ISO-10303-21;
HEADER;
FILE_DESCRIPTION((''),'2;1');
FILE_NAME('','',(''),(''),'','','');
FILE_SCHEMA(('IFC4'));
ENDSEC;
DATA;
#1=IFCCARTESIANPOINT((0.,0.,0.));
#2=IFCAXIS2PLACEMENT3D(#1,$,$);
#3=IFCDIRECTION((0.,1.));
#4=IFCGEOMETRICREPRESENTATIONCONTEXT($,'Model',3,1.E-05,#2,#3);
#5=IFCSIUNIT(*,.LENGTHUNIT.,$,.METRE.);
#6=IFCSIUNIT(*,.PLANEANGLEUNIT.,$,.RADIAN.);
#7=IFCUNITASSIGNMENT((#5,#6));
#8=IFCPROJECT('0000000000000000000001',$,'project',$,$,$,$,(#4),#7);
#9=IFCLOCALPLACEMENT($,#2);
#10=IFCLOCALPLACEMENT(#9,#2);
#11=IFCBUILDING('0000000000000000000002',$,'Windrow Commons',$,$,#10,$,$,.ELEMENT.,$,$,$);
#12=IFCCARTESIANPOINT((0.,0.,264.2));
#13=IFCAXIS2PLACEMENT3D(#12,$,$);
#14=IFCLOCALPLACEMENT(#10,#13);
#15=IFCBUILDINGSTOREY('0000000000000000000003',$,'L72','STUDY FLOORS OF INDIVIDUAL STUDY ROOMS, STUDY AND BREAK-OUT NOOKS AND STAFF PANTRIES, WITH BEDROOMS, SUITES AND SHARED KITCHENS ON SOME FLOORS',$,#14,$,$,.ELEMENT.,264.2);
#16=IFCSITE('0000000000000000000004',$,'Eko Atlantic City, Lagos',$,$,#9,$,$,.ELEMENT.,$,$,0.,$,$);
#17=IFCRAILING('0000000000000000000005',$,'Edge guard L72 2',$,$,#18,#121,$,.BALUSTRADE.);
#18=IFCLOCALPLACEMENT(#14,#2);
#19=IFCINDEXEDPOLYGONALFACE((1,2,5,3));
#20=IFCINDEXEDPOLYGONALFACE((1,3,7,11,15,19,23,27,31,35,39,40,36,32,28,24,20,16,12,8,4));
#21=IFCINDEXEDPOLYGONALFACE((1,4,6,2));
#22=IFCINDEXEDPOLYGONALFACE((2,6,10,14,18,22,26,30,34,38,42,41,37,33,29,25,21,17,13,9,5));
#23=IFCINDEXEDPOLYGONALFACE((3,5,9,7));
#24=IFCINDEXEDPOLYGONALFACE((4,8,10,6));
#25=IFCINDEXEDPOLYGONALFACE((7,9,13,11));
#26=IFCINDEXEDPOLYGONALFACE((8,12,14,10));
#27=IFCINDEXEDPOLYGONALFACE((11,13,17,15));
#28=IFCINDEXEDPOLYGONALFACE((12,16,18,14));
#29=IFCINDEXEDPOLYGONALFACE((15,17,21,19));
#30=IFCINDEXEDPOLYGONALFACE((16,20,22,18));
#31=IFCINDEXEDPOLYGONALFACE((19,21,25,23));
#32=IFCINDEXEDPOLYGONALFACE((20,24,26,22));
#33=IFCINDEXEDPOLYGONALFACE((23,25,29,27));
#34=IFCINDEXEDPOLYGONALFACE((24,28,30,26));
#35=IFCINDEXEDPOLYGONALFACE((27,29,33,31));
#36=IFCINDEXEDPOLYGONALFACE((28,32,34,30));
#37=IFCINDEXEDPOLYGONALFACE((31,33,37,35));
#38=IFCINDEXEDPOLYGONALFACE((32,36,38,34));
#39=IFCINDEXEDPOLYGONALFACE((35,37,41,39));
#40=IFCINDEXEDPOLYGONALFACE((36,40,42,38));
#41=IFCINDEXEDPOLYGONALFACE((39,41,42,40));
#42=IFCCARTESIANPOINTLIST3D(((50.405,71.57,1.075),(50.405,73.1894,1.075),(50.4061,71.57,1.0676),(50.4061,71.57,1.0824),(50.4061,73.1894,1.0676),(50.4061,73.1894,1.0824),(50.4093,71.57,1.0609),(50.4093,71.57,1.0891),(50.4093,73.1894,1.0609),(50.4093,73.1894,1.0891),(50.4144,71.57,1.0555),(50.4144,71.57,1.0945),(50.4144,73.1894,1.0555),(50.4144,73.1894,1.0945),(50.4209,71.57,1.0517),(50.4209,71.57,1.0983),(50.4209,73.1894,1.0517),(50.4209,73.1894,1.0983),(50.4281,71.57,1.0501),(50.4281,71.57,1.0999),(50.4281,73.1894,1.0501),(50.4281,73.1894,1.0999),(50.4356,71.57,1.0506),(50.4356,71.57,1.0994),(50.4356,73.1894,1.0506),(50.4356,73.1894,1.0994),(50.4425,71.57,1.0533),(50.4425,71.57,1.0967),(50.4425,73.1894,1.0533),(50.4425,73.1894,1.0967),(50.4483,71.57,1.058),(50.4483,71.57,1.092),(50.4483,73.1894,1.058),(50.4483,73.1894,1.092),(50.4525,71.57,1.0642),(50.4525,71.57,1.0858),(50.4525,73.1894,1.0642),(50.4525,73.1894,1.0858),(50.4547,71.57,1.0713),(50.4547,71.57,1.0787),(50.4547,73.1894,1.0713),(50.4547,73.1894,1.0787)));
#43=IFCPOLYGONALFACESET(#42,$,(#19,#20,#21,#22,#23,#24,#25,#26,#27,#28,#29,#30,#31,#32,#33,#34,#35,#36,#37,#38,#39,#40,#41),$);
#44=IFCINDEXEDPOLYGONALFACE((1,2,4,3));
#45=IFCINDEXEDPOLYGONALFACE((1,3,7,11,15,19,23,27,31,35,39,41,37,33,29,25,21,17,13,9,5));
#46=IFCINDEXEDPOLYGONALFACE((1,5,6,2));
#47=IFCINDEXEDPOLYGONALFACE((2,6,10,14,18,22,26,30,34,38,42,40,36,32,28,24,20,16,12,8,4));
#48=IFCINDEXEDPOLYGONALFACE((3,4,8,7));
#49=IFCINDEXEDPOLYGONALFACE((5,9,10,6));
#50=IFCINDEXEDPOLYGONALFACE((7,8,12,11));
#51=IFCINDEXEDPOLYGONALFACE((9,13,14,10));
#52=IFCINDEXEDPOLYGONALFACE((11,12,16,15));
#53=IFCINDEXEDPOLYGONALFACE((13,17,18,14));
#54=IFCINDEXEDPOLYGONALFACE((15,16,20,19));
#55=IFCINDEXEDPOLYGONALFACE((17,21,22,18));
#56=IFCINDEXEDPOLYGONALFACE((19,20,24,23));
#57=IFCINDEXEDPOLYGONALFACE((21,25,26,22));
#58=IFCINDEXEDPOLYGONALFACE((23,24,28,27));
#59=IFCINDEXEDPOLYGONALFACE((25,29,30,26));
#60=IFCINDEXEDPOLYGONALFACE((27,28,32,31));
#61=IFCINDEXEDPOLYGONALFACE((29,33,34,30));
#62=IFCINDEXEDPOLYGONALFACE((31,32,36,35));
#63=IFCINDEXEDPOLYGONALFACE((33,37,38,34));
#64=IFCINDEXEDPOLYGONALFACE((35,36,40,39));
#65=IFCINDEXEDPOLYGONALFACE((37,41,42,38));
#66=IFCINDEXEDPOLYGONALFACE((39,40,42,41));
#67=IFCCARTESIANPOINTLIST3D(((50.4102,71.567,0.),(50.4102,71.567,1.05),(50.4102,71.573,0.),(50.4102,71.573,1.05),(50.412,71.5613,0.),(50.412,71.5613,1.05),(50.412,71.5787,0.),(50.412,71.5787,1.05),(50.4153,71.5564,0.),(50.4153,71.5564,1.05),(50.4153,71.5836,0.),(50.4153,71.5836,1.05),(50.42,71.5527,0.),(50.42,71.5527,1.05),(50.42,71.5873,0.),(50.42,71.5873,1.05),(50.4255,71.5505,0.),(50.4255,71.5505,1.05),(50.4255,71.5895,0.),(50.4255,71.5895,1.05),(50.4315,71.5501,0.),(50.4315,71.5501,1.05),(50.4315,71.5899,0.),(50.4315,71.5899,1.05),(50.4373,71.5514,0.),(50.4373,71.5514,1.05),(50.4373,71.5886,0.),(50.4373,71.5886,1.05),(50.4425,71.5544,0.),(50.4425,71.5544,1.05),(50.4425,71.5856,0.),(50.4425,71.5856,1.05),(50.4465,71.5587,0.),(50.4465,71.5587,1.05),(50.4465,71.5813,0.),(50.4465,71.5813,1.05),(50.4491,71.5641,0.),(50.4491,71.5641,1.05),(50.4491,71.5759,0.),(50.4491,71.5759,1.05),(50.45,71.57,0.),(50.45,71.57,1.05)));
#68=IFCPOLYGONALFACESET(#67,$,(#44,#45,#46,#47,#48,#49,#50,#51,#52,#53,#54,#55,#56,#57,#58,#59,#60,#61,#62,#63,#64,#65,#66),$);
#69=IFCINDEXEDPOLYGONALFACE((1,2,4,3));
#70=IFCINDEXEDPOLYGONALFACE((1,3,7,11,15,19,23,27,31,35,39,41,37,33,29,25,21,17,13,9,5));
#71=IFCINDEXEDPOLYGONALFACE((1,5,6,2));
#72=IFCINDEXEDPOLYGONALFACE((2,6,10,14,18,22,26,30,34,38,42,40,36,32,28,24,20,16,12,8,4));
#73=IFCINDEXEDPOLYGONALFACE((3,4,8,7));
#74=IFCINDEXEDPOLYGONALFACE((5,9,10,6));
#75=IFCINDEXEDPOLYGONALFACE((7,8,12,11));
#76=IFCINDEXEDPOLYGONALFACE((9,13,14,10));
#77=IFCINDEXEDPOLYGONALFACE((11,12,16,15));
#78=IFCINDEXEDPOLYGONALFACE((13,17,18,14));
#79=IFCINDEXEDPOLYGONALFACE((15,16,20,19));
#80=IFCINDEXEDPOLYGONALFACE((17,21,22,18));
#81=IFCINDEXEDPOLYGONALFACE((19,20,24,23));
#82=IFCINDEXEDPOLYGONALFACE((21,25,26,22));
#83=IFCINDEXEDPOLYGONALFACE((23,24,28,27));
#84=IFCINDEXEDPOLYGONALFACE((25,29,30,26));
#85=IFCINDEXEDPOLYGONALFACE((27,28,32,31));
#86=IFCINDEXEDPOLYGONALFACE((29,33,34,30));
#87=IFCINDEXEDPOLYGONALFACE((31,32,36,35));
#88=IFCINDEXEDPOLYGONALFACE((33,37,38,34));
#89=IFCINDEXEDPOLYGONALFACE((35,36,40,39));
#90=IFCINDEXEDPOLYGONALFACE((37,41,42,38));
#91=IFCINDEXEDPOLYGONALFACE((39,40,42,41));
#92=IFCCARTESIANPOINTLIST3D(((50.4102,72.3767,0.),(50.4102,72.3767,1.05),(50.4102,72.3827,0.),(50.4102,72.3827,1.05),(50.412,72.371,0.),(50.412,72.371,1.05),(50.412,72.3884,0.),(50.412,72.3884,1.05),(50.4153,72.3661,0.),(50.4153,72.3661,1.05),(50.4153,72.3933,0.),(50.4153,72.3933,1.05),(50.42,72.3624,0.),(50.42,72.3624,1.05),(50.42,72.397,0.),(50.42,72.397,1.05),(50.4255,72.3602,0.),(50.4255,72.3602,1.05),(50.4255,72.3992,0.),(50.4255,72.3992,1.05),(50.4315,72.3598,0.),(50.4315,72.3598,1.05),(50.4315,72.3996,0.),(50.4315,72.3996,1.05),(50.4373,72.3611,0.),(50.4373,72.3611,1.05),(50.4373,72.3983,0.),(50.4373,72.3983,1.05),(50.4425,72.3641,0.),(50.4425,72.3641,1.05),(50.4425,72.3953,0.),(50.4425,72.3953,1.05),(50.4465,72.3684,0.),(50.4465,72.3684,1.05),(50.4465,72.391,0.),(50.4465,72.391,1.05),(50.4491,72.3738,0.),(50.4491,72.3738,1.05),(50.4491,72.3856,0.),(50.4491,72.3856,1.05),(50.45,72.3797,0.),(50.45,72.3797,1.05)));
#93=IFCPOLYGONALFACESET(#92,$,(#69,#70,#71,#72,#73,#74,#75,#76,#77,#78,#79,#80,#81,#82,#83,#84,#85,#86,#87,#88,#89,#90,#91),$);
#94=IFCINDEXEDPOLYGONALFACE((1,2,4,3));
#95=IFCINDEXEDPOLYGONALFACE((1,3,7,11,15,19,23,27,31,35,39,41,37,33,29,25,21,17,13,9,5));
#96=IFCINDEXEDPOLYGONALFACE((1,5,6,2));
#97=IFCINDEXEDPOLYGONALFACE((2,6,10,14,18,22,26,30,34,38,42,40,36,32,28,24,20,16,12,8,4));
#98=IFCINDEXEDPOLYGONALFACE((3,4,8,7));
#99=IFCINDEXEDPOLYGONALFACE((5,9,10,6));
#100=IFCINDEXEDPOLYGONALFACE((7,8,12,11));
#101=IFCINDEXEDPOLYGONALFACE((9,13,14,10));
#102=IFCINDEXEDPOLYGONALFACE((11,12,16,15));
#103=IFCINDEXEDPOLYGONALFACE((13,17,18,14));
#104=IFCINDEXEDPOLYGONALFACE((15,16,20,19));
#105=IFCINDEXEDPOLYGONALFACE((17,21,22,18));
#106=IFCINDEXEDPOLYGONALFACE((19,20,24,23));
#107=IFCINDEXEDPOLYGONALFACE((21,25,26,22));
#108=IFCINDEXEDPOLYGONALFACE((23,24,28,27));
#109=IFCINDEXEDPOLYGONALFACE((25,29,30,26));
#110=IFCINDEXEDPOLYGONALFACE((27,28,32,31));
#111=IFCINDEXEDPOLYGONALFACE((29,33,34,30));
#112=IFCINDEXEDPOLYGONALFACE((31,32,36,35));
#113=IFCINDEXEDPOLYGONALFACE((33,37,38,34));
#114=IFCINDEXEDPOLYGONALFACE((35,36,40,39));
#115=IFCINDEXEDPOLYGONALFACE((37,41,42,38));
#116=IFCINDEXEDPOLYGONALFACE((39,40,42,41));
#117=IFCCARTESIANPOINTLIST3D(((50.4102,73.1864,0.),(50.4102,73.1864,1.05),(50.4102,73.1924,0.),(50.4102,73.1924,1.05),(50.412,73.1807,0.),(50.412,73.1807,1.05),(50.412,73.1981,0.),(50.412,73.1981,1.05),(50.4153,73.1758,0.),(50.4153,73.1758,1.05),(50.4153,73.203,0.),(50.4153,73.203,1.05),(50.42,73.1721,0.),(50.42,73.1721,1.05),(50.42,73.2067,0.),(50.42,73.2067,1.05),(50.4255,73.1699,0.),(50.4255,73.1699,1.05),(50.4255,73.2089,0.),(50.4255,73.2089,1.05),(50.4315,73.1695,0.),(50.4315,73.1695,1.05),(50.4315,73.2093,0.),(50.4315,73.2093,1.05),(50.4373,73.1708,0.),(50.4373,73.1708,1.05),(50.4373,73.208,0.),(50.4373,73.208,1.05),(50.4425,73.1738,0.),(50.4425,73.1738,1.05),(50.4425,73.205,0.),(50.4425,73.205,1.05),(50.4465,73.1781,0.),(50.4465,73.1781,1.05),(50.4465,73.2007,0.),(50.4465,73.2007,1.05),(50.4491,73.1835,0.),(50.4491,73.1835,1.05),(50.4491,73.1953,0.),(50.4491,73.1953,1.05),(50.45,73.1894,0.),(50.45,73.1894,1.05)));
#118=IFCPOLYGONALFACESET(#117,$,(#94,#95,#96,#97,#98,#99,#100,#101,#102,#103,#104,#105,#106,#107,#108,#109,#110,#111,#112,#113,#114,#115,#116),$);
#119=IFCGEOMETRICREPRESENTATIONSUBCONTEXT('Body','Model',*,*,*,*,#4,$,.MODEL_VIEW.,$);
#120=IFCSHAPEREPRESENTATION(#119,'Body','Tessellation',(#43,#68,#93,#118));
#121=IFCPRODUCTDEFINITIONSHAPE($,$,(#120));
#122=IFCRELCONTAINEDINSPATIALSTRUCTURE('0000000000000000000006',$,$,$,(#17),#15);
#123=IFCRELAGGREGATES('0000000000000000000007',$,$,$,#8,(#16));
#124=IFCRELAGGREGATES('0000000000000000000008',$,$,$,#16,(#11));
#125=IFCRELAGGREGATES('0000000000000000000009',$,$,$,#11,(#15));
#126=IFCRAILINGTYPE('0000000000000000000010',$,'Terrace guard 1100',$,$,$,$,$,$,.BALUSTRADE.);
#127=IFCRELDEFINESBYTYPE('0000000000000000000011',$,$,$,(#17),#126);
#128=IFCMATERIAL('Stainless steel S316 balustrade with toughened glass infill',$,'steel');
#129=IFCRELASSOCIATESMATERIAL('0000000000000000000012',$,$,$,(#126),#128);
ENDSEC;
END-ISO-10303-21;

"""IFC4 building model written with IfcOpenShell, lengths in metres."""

from ifc_helpers import new_model, si_unit, direction, frame, origin, origin_2d, place, context, subcontext, project, spatial, circle, extrude, material, type_object, element, save


model = new_model("IFC4")

# Units and contexts
model_context = context("Model", 3, precision=1e-05, world=origin(), true_north=direction((0.0, 1.0)))
body_context = subcontext(model_context, "Body", "Model", "MODEL_VIEW")
ifc_project = project(units=[si_unit("LENGTHUNIT", "METRE"), si_unit("PLANEANGLEUNIT", "RADIAN")], contexts=[model_context])

# Site, building, storey
site_placement = place(None, origin())
site = spatial("IfcSite", under=ifc_project, at=site_placement, Name="Eko Atlantic City, Lagos", CompositionType="ELEMENT", RefElevation=0.0)
building_placement = place(site_placement, origin())
building = spatial("IfcBuilding", under=site, at=building_placement, Name="Windrow Commons", CompositionType="ELEMENT")
storey_placement = place(building_placement, frame((0.0, 0.0, 264.2)))
storey = spatial("IfcBuildingStorey", under=building, at=storey_placement, Name="L72", Description="STUDY FLOORS OF INDIVIDUAL STUDY ROOMS, STUDY AND BREAK-OUT NOOKS AND STAFF PANTRIES, WITH BEDROOMS, SUITES AND SHARED KITCHENS ON SOME FLOORS", CompositionType="ELEMENT", Elevation=264.2)

# Railing
ifc_material_1 = material(Name="Stainless steel S316 balustrade with toughened glass infill", Category="steel")
railing_type = type_object("IfcRailingType", Name="Terrace guard 1100", PredefinedType="BALUSTRADE", material=ifc_material_1)
railing_placement = place(storey_placement, frame((50.43, 71.57, 0.0)))
element("IfcRailing", 1, at=railing_placement, inside=storey, type_object=railing_type, Name="Edge guard L72 2", PredefinedType="BALUSTRADE", context=body_context, shape_type="SweptSolid", body=[
    extrude(circle(Radius=0.025, at=origin_2d()), frame((0.0, 0.0, 1.075), z_axis=(0.0, 1.0, 0.0), x_axis=(-1.0, 0.0, 0.0)), (0.0, 0.0, 1.0), 1.6194),
    extrude(circle(Radius=0.02, at=origin_2d()), origin(), (0.0, 0.0, 1.0), 1.05),
    extrude(circle(Radius=0.02, at=origin_2d()), frame((0.0, 0.8097, 0.0)), (0.0, 0.0, 1.0), 1.05),
    extrude(circle(Radius=0.02, at=origin_2d()), frame((0.0, 1.6194, 0.0)), (0.0, 0.0, 1.0), 1.05),
])

save(model, "model.ifc")
